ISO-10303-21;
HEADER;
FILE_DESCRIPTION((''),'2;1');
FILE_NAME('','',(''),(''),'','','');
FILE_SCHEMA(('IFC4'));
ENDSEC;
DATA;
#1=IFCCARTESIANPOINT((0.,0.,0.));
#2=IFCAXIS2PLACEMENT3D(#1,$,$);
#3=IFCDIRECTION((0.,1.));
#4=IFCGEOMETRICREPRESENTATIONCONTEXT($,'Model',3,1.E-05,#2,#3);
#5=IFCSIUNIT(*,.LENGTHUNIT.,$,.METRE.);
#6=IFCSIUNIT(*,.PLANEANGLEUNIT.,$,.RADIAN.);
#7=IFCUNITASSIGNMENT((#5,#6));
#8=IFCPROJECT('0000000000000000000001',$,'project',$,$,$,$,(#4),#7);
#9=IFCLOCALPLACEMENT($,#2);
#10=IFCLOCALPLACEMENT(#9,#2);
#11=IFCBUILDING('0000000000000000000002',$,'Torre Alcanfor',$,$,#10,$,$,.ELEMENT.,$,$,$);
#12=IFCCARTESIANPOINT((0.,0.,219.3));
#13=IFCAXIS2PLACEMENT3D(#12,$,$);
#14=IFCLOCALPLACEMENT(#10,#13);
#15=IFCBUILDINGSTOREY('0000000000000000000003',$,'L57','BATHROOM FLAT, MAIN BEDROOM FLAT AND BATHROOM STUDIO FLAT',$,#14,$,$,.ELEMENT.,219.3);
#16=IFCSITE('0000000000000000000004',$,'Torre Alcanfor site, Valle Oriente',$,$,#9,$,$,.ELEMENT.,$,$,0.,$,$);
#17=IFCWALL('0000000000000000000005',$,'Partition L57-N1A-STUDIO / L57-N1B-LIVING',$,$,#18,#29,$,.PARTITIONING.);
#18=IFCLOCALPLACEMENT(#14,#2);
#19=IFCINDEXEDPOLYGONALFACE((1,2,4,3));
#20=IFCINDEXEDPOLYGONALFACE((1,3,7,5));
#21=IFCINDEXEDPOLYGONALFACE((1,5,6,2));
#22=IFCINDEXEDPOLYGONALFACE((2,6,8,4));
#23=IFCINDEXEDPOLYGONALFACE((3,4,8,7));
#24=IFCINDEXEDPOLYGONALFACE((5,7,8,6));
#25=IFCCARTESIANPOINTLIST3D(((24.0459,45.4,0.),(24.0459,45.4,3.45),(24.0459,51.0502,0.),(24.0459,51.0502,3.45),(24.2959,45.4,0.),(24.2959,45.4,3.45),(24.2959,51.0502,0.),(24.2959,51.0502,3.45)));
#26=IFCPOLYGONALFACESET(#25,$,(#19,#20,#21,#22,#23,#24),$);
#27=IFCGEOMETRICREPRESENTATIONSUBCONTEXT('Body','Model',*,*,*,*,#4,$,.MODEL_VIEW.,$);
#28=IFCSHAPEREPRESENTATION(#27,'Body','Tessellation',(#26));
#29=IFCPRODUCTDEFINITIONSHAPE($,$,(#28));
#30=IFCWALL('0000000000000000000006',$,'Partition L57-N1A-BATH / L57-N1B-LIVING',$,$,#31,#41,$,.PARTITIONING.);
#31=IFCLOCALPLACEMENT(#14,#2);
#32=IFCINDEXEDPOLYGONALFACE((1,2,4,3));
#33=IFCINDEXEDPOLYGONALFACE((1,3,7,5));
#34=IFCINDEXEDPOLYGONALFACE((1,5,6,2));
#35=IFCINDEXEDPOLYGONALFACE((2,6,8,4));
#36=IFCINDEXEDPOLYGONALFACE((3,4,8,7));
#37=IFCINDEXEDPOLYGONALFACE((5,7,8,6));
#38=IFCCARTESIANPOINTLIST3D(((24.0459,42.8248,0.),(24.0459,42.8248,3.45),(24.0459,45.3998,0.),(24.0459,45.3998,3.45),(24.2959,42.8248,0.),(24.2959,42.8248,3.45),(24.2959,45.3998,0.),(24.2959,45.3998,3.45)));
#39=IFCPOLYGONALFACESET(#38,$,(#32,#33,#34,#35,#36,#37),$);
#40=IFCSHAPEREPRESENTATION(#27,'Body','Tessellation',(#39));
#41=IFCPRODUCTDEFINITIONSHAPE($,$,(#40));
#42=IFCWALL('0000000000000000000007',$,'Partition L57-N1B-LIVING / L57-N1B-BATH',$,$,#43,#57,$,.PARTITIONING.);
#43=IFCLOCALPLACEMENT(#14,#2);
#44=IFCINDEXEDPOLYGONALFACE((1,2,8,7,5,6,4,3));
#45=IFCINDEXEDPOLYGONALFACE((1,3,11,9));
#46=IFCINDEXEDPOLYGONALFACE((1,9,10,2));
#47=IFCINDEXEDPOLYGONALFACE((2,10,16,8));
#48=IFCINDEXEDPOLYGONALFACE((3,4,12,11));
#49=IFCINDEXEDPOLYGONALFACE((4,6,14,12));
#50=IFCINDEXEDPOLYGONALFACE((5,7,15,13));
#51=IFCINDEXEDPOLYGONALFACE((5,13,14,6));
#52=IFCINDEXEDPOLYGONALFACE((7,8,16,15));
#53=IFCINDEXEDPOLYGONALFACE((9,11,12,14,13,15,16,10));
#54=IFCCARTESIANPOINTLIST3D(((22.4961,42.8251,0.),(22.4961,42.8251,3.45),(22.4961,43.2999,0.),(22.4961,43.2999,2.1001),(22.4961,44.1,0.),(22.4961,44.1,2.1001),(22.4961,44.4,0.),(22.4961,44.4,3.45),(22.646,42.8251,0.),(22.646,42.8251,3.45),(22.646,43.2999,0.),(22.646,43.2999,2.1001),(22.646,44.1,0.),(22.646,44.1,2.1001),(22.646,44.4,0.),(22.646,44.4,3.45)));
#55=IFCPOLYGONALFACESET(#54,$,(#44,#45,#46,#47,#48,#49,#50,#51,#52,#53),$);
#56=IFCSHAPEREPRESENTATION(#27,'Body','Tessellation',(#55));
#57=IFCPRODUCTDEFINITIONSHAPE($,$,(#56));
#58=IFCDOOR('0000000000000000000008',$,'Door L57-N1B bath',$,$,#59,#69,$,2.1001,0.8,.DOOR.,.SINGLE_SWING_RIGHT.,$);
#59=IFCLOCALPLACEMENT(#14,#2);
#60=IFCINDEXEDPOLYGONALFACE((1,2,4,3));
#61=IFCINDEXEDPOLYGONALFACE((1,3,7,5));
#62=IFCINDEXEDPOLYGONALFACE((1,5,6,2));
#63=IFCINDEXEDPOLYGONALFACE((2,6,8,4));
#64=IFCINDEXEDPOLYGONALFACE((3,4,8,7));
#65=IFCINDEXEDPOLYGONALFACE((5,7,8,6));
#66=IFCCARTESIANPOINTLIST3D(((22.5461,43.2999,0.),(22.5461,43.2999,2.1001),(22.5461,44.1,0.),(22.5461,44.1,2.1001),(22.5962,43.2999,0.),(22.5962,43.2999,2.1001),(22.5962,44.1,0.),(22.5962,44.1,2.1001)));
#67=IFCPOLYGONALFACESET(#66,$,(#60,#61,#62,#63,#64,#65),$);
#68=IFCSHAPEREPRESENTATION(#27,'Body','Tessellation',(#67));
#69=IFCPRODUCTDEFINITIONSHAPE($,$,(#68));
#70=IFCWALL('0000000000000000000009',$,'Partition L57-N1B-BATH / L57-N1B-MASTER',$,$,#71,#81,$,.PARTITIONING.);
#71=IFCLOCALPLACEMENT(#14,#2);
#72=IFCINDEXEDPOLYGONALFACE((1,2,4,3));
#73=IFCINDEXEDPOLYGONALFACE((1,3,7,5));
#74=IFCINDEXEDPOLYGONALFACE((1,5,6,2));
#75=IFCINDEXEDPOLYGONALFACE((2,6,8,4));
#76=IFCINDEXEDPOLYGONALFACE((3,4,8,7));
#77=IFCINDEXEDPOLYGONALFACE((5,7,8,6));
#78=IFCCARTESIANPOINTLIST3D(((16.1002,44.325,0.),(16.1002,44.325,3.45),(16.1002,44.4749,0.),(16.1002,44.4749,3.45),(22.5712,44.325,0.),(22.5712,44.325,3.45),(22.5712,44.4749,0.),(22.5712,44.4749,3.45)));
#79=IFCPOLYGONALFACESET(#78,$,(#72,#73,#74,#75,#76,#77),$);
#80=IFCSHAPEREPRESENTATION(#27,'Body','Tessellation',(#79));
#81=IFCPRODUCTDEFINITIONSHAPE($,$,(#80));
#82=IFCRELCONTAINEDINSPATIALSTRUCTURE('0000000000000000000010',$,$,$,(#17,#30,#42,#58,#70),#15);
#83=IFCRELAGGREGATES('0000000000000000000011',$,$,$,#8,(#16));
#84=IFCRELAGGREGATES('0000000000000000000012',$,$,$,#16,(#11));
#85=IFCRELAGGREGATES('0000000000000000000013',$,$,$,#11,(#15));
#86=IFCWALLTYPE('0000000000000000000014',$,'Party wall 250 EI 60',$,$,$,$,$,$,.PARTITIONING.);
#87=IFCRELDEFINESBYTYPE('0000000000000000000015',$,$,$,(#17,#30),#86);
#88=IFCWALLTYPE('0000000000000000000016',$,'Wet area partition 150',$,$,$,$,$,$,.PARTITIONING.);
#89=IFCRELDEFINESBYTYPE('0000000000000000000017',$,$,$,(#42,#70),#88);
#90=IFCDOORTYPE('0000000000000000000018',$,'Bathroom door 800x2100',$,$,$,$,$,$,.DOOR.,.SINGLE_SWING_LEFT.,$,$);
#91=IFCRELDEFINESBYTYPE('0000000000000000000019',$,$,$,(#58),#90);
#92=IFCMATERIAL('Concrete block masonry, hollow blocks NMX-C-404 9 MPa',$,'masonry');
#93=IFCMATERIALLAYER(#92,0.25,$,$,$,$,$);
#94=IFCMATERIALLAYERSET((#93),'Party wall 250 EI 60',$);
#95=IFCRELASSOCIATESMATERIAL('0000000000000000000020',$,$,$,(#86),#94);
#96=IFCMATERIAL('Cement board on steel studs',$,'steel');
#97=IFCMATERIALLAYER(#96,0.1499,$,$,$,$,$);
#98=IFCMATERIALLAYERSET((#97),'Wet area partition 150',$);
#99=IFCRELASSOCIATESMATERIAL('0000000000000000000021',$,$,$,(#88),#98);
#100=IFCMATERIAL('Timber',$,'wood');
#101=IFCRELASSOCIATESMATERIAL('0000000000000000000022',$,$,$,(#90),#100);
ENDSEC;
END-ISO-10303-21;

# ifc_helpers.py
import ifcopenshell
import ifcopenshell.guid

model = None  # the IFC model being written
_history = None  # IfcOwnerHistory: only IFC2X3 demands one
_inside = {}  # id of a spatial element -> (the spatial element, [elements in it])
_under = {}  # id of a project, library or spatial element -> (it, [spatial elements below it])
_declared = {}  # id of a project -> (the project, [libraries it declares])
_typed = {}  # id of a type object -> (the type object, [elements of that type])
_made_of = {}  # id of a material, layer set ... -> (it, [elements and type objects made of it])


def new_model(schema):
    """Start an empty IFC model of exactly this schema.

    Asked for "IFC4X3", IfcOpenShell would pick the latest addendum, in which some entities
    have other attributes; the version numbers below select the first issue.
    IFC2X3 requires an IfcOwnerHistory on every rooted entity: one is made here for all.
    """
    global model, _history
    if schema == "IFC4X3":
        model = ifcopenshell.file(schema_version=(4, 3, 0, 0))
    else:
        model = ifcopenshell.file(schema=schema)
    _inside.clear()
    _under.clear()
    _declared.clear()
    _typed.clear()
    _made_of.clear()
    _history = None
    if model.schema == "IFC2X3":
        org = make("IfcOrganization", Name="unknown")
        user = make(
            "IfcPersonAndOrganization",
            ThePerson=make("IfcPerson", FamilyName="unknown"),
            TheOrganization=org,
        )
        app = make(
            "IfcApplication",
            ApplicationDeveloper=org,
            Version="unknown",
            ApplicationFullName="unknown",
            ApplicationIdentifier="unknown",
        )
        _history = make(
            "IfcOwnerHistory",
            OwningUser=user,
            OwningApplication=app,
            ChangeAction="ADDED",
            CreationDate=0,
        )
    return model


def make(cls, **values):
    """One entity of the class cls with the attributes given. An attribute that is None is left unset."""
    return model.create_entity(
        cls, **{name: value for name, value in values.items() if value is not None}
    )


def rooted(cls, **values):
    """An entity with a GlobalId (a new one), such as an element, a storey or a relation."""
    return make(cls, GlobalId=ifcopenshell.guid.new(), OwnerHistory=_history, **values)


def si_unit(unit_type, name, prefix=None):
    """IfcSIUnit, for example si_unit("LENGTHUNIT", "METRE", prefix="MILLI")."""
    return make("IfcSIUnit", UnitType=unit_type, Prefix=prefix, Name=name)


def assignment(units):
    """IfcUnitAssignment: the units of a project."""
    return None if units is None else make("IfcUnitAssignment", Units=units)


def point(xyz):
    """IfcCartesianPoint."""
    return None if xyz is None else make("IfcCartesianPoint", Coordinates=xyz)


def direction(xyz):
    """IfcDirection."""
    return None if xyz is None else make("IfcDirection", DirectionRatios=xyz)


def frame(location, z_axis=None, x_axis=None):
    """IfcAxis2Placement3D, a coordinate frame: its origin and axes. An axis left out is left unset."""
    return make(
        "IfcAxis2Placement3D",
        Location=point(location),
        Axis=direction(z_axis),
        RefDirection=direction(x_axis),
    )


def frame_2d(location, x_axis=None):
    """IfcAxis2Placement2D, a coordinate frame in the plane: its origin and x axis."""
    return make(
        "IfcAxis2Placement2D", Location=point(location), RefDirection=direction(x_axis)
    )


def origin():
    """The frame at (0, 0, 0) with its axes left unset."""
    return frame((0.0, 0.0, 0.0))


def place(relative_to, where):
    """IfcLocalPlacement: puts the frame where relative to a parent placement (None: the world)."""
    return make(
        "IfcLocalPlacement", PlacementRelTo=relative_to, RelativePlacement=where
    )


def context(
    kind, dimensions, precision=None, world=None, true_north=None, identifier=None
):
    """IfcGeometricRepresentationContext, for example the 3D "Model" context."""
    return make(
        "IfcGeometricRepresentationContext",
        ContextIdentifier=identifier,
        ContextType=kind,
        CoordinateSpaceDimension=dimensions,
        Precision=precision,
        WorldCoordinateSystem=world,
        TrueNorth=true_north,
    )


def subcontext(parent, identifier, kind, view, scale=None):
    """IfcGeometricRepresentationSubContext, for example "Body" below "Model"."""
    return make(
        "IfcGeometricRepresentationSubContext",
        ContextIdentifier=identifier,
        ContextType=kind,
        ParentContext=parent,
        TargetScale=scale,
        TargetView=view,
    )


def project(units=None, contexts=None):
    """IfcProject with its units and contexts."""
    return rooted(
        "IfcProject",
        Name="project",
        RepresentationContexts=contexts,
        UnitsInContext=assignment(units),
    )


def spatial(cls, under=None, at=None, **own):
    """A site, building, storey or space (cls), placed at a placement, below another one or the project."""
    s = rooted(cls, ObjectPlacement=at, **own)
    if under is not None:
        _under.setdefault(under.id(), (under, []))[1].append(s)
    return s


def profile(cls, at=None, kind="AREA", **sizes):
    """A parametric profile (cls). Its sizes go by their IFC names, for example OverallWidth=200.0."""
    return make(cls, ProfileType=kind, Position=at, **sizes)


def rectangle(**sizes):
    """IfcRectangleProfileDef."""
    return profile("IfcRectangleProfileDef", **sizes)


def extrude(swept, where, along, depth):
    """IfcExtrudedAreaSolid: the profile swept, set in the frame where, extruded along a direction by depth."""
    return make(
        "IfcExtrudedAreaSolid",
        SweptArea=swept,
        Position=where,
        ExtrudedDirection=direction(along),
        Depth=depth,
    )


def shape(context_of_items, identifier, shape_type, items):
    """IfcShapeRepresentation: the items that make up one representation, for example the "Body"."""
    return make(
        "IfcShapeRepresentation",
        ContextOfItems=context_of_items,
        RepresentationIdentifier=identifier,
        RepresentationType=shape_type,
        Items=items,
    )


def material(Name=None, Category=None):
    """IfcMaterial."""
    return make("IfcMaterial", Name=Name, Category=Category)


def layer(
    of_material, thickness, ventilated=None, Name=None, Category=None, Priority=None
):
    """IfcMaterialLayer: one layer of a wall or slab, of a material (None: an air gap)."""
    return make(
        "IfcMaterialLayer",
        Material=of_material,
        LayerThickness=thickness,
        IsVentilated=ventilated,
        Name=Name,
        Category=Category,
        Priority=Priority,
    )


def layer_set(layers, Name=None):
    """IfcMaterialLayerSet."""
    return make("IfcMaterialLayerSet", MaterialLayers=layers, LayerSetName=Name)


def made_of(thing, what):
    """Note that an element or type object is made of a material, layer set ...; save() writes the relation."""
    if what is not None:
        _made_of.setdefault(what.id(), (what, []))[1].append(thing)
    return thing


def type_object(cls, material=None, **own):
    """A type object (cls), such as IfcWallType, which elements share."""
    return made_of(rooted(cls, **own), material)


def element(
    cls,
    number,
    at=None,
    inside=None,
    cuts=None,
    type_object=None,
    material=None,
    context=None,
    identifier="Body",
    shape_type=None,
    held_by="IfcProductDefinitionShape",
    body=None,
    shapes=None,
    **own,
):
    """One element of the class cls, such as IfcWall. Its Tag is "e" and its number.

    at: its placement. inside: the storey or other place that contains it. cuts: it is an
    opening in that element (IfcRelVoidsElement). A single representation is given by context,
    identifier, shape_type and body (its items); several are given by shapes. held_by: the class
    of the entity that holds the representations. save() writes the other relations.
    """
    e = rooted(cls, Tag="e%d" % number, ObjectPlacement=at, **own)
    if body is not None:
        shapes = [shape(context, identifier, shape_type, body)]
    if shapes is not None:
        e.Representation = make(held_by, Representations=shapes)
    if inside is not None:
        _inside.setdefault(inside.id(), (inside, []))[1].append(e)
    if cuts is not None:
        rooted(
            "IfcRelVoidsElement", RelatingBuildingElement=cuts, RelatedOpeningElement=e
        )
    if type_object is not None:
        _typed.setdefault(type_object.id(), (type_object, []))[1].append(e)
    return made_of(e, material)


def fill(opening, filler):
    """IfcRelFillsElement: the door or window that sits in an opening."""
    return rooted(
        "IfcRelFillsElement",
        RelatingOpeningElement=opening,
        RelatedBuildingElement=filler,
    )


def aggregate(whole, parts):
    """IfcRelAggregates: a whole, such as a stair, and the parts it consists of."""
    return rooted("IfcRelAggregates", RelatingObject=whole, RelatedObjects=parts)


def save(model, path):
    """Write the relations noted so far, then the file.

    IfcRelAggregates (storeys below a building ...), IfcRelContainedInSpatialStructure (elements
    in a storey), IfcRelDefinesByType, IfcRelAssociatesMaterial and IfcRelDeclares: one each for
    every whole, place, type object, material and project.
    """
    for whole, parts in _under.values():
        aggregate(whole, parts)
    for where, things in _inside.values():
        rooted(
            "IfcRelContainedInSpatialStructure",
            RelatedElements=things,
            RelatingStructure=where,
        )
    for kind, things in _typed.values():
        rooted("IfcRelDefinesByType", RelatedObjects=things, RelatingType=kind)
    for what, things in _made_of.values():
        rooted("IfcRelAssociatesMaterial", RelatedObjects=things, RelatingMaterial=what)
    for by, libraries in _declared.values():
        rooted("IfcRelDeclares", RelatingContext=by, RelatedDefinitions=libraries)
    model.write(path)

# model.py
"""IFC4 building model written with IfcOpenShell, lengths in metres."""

from ifc_helpers import new_model, si_unit, direction, frame, frame_2d, origin, place, context, subcontext, project, spatial, rectangle, extrude, material, layer, layer_set, type_object, element, fill, save


model = new_model("IFC4")

# Units and contexts
model_context = context("Model", 3, precision=1e-05, world=origin(), true_north=direction((0.0, 1.0)))
body_context = subcontext(model_context, "Body", "Model", "MODEL_VIEW")
ifc_project = project(units=[si_unit("LENGTHUNIT", "METRE"), si_unit("PLANEANGLEUNIT", "RADIAN")], contexts=[model_context])

# Site, building, storey
site_placement = place(None, origin())
site = spatial("IfcSite", under=ifc_project, at=site_placement, Name="Torre Alcanfor site, Valle Oriente", CompositionType="ELEMENT", RefElevation=0.0)
building_placement = place(site_placement, origin())
building = spatial("IfcBuilding", under=site, at=building_placement, Name="Torre Alcanfor", CompositionType="ELEMENT")
storey_placement = place(building_placement, frame((0.0, 0.0, 219.3)))
storey = spatial("IfcBuildingStorey", under=building, at=storey_placement, Name="L57", Description="BATHROOM FLAT, MAIN BEDROOM FLAT AND BATHROOM STUDIO FLAT", CompositionType="ELEMENT", Elevation=219.3)

# Walls
ifc_material_1 = material(Name="Concrete block masonry, hollow blocks NMX-C-404 9 MPa", Category="masonry")
ifc_layer_1 = layer(ifc_material_1, 0.25)
ifc_layer_set_1 = layer_set([ifc_layer_1], Name="Party wall 250 EI 60")
wall_type_1 = type_object("IfcWallType", Name="Party wall 250 EI 60", PredefinedType="PARTITIONING", material=ifc_layer_set_1)
wall_1_placement = place(storey_placement, frame((24.1709, 45.3999, 0.0), z_axis=(0.0, 0.0, 1.0), x_axis=(0.0, 1.0, 0.0)))
element("IfcWall", 1, at=wall_1_placement, inside=storey, type_object=wall_type_1, Name="Partition L57-N1A-STUDIO / L57-N1B-LIVING", PredefinedType="PARTITIONING", context=body_context, shape_type="SweptSolid", body=[
    extrude(rectangle(XDim=5.6501, YDim=0.25, at=frame_2d((2.8252, 0.0))), origin(), (0.0, 0.0, 1.0), 3.45),
])
wall_2_placement = place(storey_placement, frame((24.1709, 45.3999, 0.0), z_axis=(0.0, 0.0, 1.0), x_axis=(0.0, -1.0, 0.0)))
element("IfcWall", 2, at=wall_2_placement, inside=storey, type_object=wall_type_1, Name="Partition L57-N1A-BATH / L57-N1B-LIVING", PredefinedType="PARTITIONING", context=body_context, shape_type="SweptSolid", body=[
    extrude(rectangle(XDim=2.575, YDim=0.25, at=frame_2d((1.2876, 0.0))), origin(), (0.0, 0.0, 1.0), 3.45),
])

# Wall, opening, door
ifc_material_2 = material(Name="Cement board on steel studs", Category="steel")
ifc_layer_2 = layer(ifc_material_2, 0.1499)
ifc_layer_set_2 = layer_set([ifc_layer_2], Name="Wet area partition 150")
wall_type_2 = type_object("IfcWallType", Name="Wet area partition 150", PredefinedType="PARTITIONING", material=ifc_layer_set_2)
wall_3_placement = place(storey_placement, frame((22.571, 42.825, 0.0), z_axis=(0.0, 0.0, 1.0), x_axis=(0.0, 1.0, 0.0)))
wall_3 = element("IfcWall", 3, at=wall_3_placement, inside=storey, type_object=wall_type_2, Name="Partition L57-N1B-LIVING / L57-N1B-BATH", PredefinedType="PARTITIONING", context=body_context, shape_type="SweptSolid", body=[
    extrude(rectangle(XDim=1.575, YDim=0.1499, at=frame_2d((0.7876, 0.0))), origin(), (0.0, 0.0, 1.0), 3.45),
])
opening_1_placement = place(wall_3_placement, frame((0.4751, 0.0, 0.0)))
opening_1 = element("IfcOpeningElement", 4, at=opening_1_placement, cuts=wall_3, PredefinedType="OPENING", context=body_context, shape_type="SweptSolid", body=[
    extrude(rectangle(XDim=0.8, YDim=2.1001, at=frame_2d((0.3999, 1.05))), frame((0.0, 0.085, 0.0), z_axis=(0.0, -1.0, 0.0), x_axis=(1.0, 0.0, 0.0)), (0.0, 0.0, 1.0), 0.1699),
])
ifc_material_3 = material(Name="Timber", Category="wood")
door_type_1 = type_object("IfcDoorType", Name="Bathroom door 800x2100", OperationType="SINGLE_SWING_LEFT", PredefinedType="DOOR", material=ifc_material_3)
door_1_placement = place(opening_1_placement, origin())
door_1 = element("IfcDoor", 5, at=door_1_placement, inside=storey, type_object=door_type_1, Name="Door L57-N1B bath", OperationType="SINGLE_SWING_RIGHT", OverallHeight=2.1001, OverallWidth=0.8, PredefinedType="DOOR", context=body_context, shape_type="SweptSolid", body=[
    extrude(rectangle(XDim=0.8, YDim=2.1001, at=frame_2d((0.3999, 1.05))), frame((0.0, 0.0249, 0.0), z_axis=(0.0, -1.0, 0.0), x_axis=(1.0, 0.0, 0.0)), (0.0, 0.0, 1.0), 0.05),
])
fill(opening_1, door_1)

# Wall
wall_4_placement = place(storey_placement, frame((22.571, 44.3999, 0.0), z_axis=(0.0, 0.0, 1.0), x_axis=(-1.0, 0.0, 0.0)))
element("IfcWall", 6, at=wall_4_placement, inside=storey, type_object=wall_type_2, Name="Partition L57-N1B-BATH / L57-N1B-MASTER", PredefinedType="PARTITIONING", context=body_context, shape_type="SweptSolid", body=[
    extrude(rectangle(XDim=6.4709, YDim=0.1499, at=frame_2d((3.2354, 0.0))), origin(), (0.0, 0.0, 1.0), 3.45),
])

save(model, "model.ifc")
